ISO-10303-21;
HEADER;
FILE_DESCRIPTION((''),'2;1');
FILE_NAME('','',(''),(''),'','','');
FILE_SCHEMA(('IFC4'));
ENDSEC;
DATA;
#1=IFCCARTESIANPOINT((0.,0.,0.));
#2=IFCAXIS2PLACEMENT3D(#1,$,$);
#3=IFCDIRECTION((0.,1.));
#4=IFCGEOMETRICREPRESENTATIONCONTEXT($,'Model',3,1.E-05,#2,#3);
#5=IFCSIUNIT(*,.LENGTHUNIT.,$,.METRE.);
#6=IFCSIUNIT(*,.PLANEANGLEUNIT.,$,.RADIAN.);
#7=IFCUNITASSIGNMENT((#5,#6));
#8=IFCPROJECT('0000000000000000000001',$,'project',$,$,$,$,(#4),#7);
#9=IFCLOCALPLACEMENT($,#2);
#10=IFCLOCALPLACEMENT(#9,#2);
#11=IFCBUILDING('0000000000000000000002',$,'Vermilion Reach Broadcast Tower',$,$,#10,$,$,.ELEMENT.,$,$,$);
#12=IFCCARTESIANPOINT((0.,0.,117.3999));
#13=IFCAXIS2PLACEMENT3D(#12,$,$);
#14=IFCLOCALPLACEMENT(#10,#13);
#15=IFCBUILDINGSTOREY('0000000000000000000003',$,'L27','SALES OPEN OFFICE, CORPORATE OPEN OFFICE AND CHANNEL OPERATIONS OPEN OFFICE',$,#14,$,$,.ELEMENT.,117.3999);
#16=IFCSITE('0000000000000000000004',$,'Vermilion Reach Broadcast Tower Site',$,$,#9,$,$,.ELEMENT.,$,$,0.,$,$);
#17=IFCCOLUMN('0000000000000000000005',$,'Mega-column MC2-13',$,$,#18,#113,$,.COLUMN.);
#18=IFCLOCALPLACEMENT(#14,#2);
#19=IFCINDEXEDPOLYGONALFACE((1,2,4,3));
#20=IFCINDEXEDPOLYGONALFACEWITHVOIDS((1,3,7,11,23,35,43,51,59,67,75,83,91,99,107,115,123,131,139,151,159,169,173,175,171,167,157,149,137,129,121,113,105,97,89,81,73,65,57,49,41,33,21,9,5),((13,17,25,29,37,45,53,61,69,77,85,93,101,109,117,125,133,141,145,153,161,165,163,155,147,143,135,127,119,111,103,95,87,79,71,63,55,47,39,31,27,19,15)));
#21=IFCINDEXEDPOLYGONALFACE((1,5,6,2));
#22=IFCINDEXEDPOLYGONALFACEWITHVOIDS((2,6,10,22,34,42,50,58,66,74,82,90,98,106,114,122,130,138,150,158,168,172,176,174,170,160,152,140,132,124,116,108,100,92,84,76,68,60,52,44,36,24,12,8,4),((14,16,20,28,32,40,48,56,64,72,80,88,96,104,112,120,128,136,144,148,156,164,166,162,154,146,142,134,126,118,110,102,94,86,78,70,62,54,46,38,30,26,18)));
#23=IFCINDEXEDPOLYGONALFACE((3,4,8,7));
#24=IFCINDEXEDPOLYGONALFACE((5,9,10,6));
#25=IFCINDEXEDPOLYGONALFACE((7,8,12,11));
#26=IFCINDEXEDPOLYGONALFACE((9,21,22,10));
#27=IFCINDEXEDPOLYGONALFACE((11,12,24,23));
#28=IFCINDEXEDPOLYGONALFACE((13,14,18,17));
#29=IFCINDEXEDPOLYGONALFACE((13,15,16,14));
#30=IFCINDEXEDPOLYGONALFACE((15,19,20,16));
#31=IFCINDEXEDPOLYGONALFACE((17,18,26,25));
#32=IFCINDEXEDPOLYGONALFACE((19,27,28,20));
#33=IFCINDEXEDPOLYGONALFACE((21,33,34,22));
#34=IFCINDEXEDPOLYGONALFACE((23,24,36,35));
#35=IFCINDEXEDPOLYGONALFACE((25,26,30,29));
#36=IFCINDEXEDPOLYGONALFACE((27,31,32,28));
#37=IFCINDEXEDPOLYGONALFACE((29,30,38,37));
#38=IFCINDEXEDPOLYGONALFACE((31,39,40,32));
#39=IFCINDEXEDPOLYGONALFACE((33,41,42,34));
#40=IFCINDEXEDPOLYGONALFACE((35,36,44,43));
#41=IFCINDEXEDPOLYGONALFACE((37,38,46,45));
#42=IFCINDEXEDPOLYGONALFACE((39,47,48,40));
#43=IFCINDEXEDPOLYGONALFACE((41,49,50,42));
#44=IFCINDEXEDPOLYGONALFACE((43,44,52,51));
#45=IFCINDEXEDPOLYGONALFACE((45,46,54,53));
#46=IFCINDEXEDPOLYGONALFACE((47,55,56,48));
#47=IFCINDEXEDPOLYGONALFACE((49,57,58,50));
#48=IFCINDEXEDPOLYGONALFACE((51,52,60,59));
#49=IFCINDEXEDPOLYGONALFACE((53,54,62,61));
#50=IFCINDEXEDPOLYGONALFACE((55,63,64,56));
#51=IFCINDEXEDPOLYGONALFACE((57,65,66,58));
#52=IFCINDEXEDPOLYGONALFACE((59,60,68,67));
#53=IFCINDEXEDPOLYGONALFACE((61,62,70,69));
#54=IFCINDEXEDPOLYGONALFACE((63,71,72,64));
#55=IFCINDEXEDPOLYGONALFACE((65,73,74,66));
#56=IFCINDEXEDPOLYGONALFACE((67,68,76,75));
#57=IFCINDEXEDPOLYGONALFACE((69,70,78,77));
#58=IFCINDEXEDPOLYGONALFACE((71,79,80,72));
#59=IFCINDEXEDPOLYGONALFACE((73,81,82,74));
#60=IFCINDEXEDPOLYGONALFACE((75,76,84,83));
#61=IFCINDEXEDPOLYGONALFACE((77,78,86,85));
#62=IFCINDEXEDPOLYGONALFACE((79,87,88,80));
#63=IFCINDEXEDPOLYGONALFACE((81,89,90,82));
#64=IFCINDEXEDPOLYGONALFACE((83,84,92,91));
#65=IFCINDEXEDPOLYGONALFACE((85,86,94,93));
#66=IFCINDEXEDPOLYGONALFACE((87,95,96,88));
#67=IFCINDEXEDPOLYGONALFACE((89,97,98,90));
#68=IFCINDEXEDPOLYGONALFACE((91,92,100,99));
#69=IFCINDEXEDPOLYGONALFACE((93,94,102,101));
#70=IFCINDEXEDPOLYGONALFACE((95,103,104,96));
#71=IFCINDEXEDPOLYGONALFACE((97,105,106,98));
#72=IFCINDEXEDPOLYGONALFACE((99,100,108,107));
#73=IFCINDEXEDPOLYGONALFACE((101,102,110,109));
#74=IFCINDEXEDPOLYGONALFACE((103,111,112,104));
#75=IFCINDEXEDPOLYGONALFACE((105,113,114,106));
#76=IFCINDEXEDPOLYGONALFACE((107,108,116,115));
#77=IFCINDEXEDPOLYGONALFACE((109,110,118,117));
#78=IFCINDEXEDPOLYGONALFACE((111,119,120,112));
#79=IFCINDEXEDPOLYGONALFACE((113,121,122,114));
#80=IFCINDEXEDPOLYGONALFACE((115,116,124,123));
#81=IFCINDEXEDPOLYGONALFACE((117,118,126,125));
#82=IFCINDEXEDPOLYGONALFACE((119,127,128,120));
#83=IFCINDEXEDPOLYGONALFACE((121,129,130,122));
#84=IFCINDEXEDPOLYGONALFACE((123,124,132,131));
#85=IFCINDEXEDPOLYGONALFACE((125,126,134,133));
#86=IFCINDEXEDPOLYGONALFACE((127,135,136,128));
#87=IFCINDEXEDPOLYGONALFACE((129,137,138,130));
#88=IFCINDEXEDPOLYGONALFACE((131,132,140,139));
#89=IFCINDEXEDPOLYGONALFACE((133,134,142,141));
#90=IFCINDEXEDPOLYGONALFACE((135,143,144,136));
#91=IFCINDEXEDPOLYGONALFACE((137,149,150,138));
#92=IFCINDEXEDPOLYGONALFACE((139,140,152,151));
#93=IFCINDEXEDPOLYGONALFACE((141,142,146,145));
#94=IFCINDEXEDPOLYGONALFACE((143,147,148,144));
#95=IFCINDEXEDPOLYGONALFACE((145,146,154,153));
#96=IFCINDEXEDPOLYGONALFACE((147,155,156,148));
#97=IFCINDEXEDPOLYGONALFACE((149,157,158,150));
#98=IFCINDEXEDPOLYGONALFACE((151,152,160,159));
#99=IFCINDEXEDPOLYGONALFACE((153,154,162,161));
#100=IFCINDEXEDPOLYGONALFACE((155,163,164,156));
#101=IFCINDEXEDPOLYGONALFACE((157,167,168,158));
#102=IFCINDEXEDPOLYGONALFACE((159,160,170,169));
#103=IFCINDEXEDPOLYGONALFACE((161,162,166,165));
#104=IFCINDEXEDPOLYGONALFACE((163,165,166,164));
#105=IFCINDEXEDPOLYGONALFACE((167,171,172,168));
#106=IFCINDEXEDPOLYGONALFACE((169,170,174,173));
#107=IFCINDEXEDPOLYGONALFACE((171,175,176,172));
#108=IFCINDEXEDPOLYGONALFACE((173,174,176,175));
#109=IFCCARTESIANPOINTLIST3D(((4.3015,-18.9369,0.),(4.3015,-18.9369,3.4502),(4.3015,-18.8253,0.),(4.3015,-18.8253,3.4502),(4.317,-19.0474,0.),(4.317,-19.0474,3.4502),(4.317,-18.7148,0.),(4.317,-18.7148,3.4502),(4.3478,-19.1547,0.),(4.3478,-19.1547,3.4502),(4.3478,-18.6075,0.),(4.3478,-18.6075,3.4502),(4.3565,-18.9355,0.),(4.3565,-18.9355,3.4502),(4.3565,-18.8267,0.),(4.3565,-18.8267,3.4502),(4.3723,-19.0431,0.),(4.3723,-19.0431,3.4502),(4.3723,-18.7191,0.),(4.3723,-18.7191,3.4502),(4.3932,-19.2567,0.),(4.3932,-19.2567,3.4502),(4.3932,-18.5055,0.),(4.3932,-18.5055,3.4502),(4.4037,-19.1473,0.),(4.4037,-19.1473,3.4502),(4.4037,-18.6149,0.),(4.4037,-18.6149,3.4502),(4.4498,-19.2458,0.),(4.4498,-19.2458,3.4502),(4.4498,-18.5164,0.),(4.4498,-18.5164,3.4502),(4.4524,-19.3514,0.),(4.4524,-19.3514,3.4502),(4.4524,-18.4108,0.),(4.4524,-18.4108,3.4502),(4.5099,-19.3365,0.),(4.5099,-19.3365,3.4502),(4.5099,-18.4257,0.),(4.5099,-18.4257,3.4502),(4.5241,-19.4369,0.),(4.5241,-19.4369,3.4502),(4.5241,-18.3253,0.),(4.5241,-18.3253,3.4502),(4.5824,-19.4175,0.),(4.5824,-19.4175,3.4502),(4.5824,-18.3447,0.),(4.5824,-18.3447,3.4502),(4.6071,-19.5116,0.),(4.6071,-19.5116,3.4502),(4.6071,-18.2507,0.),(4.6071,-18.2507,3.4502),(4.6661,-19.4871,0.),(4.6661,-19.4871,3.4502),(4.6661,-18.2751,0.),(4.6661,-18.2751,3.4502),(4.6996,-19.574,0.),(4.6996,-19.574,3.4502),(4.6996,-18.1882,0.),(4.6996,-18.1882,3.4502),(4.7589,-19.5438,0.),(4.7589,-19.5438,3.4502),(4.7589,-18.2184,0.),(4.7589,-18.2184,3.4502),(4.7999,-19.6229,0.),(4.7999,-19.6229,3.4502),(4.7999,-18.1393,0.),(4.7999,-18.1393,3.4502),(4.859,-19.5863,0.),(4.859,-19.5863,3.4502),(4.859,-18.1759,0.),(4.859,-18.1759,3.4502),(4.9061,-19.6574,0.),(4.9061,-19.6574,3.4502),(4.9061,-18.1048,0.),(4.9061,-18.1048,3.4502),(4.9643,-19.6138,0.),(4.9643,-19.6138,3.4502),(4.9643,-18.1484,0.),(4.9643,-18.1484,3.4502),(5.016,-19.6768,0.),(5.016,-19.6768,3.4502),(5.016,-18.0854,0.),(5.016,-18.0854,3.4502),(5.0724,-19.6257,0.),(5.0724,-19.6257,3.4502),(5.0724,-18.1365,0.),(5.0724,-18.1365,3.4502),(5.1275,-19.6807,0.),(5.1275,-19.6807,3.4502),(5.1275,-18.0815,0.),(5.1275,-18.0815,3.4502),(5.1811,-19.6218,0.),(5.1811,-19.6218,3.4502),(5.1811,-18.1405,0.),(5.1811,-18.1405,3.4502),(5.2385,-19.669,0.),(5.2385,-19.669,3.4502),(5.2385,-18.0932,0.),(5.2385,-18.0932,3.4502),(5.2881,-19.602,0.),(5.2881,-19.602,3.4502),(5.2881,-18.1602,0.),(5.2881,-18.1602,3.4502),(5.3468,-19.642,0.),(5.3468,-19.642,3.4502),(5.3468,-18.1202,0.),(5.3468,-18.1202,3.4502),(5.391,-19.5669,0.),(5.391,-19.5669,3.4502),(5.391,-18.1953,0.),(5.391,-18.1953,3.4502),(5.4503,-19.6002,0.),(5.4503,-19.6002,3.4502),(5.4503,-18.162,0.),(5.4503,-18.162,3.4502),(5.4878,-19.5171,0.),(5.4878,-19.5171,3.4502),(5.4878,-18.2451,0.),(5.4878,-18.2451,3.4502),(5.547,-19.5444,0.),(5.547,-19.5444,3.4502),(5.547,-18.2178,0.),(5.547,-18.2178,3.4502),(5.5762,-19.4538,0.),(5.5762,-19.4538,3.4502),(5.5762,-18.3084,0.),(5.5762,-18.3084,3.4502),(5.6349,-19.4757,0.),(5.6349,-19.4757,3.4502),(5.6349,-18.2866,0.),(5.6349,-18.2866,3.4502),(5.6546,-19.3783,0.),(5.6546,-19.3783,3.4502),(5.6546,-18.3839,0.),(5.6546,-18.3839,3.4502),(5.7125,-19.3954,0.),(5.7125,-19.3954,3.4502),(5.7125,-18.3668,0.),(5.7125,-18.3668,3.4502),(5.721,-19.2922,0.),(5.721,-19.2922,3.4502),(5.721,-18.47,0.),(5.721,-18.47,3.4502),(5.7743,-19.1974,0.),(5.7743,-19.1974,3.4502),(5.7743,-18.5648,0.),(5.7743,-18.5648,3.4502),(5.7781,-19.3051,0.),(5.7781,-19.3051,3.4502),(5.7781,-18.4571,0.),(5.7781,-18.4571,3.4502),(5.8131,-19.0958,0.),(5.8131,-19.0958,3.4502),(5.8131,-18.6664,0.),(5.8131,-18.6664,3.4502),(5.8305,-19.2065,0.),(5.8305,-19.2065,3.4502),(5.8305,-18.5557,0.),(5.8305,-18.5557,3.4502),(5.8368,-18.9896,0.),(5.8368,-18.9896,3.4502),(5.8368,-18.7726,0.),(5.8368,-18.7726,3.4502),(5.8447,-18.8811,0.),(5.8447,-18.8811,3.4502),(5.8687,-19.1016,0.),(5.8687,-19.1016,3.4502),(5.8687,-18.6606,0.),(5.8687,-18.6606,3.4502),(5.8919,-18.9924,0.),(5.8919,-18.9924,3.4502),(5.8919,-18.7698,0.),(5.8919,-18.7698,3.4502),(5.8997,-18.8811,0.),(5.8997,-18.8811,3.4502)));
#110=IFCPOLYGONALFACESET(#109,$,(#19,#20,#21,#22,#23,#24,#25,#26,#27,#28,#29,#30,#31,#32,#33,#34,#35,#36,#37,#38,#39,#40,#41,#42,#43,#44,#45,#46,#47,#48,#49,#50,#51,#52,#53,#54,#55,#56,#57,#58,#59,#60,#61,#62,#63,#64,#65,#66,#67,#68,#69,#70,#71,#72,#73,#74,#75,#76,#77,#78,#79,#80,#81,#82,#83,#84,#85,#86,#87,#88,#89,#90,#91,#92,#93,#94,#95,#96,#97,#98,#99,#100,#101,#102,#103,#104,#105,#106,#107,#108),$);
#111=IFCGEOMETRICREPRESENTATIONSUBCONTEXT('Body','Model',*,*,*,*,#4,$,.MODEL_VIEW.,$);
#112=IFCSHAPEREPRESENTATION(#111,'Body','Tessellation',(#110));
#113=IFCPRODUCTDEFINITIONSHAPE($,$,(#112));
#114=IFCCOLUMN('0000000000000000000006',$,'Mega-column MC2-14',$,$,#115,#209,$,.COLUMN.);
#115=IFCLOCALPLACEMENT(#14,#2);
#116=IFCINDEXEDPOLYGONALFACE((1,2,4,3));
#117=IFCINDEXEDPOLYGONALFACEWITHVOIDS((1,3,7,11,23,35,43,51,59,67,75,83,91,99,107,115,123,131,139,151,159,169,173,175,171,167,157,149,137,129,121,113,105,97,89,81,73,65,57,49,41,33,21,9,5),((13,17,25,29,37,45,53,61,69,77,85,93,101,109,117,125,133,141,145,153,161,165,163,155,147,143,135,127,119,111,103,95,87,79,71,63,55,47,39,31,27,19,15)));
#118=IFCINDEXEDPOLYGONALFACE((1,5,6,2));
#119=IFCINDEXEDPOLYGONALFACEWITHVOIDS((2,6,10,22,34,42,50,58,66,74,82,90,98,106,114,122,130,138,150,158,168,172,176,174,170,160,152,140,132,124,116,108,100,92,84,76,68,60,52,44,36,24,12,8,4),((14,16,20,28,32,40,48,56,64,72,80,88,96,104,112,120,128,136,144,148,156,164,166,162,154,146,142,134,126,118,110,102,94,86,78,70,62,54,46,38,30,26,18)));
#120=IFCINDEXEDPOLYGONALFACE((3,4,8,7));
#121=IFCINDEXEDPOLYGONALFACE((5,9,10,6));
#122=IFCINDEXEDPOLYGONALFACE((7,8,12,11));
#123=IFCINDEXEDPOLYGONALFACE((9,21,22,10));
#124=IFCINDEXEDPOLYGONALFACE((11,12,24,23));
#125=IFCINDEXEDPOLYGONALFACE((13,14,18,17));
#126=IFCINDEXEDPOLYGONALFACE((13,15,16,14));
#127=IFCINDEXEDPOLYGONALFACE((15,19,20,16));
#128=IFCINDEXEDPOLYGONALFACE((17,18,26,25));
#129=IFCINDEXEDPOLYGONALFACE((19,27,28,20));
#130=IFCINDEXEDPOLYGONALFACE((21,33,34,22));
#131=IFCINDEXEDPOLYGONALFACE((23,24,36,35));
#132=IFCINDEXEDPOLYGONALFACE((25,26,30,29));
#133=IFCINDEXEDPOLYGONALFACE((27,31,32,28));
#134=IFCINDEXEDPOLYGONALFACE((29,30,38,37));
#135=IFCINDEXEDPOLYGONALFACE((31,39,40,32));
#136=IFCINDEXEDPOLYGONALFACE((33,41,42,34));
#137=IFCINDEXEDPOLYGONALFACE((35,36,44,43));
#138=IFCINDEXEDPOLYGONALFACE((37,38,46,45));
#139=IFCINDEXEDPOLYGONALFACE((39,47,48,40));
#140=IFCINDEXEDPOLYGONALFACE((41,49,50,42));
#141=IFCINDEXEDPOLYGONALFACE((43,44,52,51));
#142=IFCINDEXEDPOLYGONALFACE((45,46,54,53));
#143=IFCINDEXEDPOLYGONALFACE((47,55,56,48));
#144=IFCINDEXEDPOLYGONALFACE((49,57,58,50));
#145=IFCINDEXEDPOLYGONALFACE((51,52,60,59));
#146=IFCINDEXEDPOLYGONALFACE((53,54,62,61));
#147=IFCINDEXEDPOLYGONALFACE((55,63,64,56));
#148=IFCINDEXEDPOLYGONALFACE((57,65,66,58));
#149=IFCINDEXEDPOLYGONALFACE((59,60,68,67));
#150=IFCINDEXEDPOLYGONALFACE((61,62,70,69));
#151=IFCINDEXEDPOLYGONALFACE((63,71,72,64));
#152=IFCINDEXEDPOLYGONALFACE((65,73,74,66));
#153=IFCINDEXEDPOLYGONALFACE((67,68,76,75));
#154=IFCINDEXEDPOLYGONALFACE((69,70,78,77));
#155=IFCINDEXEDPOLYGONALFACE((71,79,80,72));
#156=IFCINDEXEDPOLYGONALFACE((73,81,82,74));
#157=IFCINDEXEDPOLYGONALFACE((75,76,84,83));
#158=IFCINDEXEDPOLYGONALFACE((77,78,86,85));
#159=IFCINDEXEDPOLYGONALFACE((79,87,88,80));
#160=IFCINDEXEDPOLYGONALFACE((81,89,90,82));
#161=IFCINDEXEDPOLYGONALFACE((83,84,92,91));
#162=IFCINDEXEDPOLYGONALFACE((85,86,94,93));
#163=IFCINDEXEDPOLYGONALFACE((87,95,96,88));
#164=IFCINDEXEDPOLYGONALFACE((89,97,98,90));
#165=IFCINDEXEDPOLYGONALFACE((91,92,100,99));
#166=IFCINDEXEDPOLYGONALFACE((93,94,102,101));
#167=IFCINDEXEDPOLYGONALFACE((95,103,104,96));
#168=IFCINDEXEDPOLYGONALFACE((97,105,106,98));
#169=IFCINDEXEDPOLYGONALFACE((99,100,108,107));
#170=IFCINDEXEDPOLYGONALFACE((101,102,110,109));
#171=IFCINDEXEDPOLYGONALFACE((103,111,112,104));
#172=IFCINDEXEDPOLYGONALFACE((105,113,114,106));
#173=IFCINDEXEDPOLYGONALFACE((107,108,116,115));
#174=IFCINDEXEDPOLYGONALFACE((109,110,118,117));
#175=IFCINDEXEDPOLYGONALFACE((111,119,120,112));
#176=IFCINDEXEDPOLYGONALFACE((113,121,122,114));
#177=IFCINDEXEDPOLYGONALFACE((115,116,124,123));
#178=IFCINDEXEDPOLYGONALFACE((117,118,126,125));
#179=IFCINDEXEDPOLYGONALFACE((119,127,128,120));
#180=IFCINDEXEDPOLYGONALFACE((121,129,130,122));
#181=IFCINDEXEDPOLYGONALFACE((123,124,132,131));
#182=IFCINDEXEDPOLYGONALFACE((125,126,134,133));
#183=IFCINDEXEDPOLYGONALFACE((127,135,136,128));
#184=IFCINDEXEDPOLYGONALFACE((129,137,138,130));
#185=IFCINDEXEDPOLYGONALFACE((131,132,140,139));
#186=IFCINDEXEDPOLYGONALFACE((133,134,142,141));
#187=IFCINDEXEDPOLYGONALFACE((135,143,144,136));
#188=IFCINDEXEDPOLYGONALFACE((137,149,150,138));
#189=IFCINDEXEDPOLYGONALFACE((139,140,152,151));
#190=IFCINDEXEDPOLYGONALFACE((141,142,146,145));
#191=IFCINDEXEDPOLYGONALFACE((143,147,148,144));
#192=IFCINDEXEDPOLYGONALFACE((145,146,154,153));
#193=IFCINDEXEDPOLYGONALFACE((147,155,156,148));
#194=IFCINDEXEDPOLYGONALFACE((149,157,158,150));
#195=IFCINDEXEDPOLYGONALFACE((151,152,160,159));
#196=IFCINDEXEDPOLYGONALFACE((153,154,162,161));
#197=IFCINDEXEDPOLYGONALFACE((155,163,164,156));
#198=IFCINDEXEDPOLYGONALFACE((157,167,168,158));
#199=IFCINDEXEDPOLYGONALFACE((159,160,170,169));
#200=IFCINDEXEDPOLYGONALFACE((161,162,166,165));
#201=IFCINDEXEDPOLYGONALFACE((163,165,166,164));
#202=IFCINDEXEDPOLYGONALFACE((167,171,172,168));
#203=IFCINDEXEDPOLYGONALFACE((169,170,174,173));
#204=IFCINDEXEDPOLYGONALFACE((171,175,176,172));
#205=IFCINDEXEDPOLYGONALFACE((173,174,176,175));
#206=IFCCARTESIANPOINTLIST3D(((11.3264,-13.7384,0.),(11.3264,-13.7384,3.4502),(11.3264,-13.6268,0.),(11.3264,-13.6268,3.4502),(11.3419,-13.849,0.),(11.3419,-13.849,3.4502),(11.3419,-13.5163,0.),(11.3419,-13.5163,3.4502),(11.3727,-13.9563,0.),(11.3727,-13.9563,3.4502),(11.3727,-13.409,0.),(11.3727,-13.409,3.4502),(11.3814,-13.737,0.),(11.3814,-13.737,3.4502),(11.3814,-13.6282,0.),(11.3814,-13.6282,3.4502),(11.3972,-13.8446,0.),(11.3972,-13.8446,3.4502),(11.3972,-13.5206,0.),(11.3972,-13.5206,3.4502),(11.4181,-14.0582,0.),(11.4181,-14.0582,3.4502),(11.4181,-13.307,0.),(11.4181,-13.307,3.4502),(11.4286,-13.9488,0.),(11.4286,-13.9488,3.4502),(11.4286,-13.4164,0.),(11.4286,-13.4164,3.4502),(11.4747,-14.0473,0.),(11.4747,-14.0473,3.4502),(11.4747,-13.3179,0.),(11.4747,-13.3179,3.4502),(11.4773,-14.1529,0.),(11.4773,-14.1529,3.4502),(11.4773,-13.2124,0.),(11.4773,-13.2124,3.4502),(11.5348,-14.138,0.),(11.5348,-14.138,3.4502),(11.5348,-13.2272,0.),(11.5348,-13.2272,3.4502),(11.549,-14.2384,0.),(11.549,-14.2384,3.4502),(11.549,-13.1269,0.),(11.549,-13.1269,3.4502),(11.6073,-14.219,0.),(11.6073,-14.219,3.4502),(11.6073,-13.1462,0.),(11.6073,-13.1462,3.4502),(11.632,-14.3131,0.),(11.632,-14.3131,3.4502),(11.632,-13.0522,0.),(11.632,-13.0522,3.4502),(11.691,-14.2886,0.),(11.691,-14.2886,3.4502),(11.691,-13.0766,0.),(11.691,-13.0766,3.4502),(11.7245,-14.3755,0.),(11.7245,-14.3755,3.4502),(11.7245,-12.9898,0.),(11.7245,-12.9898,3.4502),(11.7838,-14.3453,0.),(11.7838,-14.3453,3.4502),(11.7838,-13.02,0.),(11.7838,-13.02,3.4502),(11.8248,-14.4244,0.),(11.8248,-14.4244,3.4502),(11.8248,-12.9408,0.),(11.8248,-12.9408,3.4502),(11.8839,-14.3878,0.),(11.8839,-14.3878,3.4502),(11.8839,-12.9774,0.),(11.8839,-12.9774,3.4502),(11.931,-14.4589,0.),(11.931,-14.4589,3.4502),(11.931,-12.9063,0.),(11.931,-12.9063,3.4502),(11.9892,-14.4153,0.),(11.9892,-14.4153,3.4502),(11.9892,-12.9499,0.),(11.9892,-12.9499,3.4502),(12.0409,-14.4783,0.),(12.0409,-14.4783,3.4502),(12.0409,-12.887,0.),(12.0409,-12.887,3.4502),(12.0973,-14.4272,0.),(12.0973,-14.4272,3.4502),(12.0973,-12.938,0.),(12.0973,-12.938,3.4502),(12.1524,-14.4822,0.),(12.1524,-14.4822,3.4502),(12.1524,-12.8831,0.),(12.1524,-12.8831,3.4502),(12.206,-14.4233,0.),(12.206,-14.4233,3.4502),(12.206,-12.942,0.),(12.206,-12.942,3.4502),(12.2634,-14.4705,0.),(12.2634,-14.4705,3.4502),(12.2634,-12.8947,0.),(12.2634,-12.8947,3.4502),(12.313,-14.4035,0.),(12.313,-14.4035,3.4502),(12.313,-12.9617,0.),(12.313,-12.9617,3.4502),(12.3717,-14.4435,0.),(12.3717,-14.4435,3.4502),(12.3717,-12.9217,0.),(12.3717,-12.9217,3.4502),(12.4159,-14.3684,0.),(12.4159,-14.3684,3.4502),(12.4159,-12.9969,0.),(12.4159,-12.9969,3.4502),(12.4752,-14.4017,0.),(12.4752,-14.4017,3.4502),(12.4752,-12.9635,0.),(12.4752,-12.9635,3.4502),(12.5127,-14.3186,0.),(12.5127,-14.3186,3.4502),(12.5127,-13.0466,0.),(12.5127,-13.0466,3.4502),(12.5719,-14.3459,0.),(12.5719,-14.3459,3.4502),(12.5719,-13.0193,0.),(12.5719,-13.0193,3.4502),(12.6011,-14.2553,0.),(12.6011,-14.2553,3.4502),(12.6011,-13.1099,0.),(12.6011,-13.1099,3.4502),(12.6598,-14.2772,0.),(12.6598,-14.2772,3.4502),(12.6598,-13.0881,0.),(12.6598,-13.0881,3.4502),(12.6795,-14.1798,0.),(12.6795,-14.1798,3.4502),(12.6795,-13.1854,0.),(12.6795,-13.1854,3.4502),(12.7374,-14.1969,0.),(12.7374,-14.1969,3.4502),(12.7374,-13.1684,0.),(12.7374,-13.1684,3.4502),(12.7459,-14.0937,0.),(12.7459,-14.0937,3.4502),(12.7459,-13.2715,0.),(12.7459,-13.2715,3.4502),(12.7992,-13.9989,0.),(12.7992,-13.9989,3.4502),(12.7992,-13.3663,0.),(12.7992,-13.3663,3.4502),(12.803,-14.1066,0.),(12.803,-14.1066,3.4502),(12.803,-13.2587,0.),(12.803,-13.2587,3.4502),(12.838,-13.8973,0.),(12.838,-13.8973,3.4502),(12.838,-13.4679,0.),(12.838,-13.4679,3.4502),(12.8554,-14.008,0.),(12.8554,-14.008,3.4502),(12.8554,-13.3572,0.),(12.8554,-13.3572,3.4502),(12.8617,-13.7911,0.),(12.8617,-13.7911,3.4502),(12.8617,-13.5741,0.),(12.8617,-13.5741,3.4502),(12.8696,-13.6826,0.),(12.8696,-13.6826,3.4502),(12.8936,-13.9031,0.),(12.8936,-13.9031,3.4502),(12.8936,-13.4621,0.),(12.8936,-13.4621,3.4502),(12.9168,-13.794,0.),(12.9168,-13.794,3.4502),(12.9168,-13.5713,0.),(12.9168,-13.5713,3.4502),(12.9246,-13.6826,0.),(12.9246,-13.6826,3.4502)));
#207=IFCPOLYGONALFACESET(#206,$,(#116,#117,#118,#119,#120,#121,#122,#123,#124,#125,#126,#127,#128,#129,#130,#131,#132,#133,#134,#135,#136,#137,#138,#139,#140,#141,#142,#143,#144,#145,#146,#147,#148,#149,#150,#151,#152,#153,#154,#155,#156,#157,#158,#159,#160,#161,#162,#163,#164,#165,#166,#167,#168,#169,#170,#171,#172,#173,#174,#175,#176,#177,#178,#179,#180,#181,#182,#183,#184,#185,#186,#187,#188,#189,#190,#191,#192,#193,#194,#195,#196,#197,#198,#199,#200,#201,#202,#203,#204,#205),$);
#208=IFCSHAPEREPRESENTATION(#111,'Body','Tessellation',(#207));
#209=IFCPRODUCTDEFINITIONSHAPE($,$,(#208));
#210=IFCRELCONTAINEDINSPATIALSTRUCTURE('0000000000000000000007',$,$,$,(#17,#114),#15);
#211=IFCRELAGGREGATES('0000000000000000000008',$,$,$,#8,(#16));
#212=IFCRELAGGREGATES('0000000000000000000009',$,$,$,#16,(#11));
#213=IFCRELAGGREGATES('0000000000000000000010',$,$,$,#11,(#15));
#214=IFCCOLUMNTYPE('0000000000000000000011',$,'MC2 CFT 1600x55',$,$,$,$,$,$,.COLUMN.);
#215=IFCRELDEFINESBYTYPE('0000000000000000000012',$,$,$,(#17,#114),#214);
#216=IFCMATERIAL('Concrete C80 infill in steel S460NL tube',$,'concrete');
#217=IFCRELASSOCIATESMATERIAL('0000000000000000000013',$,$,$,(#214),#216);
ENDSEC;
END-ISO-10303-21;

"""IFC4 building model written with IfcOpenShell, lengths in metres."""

from ifc_helpers import new_model, si_unit, direction, frame, origin, origin_2d, place, context, subcontext, project, spatial, hollow_circle, extrude, material, material_profile, profile_set, type_object, element, save


model = new_model("IFC4")

# Units and contexts
model_context = context("Model", 3, precision=1e-05, world=origin(), true_north=direction((0.0, 1.0)))
body_context = subcontext(model_context, "Body", "Model", "MODEL_VIEW")
ifc_project = project(units=[si_unit("LENGTHUNIT", "METRE"), si_unit("PLANEANGLEUNIT", "RADIAN")], contexts=[model_context])

# Site, building, storey
site_placement = place(None, origin())
site = spatial("IfcSite", under=ifc_project, at=site_placement, Name="Vermilion Reach Broadcast Tower Site", CompositionType="ELEMENT", RefElevation=0.0)
building_placement = place(site_placement, origin())
building = spatial("IfcBuilding", under=site, at=building_placement, Name="Vermilion Reach Broadcast Tower", CompositionType="ELEMENT")
storey_placement = place(building_placement, frame((0.0, 0.0, 117.3999)))
storey = spatial("IfcBuildingStorey", under=building, at=storey_placement, Name="L27", Description="SALES OPEN OFFICE, CORPORATE OPEN OFFICE AND CHANNEL OPERATIONS OPEN OFFICE", CompositionType="ELEMENT", Elevation=117.3999)

# Columns
ifc_material_1 = material(Name="Concrete C80 infill in steel S460NL tube", Category="concrete")
ifc_material_profile_1 = material_profile(ifc_material_1, hollow_circle(Radius=0.8, WallThickness=0.0549, at=origin_2d()), Name="Concrete C80 infill in steel S460NL tube CFT 1600x55")
ifc_profile_set_1 = profile_set([ifc_material_profile_1], Name="Concrete C80 infill in steel S460NL tube")
column_type = type_object("IfcColumnType", Name="MC2 CFT 1600x55", PredefinedType="COLUMN", material=ifc_profile_set_1)
for number, where, z_axis, x_axis, name in (
    (1, (5.0996, -18.8811, 0.0), (0.0, 0.0, 1.0), (1.0, 0.0, 0.0), "Mega-column MC2-13"),
    (2, (12.1245, -13.6826, 0.0), (0.0, 0.0, 1.0), (1.0, 0.0, 0.0), "Mega-column MC2-14"),
):
    element("IfcColumn", number, at=place(storey_placement, frame(where, z_axis=z_axis, x_axis=x_axis)), inside=storey, type_object=column_type, Name=name, PredefinedType="COLUMN", context=body_context, shape_type="SweptSolid", body=[
        extrude(hollow_circle(Radius=0.8, WallThickness=0.0549, at=origin_2d()), origin(), (0.0, 0.0, 1.0), 3.4502),
    ])

save(model, "model.ifc")
